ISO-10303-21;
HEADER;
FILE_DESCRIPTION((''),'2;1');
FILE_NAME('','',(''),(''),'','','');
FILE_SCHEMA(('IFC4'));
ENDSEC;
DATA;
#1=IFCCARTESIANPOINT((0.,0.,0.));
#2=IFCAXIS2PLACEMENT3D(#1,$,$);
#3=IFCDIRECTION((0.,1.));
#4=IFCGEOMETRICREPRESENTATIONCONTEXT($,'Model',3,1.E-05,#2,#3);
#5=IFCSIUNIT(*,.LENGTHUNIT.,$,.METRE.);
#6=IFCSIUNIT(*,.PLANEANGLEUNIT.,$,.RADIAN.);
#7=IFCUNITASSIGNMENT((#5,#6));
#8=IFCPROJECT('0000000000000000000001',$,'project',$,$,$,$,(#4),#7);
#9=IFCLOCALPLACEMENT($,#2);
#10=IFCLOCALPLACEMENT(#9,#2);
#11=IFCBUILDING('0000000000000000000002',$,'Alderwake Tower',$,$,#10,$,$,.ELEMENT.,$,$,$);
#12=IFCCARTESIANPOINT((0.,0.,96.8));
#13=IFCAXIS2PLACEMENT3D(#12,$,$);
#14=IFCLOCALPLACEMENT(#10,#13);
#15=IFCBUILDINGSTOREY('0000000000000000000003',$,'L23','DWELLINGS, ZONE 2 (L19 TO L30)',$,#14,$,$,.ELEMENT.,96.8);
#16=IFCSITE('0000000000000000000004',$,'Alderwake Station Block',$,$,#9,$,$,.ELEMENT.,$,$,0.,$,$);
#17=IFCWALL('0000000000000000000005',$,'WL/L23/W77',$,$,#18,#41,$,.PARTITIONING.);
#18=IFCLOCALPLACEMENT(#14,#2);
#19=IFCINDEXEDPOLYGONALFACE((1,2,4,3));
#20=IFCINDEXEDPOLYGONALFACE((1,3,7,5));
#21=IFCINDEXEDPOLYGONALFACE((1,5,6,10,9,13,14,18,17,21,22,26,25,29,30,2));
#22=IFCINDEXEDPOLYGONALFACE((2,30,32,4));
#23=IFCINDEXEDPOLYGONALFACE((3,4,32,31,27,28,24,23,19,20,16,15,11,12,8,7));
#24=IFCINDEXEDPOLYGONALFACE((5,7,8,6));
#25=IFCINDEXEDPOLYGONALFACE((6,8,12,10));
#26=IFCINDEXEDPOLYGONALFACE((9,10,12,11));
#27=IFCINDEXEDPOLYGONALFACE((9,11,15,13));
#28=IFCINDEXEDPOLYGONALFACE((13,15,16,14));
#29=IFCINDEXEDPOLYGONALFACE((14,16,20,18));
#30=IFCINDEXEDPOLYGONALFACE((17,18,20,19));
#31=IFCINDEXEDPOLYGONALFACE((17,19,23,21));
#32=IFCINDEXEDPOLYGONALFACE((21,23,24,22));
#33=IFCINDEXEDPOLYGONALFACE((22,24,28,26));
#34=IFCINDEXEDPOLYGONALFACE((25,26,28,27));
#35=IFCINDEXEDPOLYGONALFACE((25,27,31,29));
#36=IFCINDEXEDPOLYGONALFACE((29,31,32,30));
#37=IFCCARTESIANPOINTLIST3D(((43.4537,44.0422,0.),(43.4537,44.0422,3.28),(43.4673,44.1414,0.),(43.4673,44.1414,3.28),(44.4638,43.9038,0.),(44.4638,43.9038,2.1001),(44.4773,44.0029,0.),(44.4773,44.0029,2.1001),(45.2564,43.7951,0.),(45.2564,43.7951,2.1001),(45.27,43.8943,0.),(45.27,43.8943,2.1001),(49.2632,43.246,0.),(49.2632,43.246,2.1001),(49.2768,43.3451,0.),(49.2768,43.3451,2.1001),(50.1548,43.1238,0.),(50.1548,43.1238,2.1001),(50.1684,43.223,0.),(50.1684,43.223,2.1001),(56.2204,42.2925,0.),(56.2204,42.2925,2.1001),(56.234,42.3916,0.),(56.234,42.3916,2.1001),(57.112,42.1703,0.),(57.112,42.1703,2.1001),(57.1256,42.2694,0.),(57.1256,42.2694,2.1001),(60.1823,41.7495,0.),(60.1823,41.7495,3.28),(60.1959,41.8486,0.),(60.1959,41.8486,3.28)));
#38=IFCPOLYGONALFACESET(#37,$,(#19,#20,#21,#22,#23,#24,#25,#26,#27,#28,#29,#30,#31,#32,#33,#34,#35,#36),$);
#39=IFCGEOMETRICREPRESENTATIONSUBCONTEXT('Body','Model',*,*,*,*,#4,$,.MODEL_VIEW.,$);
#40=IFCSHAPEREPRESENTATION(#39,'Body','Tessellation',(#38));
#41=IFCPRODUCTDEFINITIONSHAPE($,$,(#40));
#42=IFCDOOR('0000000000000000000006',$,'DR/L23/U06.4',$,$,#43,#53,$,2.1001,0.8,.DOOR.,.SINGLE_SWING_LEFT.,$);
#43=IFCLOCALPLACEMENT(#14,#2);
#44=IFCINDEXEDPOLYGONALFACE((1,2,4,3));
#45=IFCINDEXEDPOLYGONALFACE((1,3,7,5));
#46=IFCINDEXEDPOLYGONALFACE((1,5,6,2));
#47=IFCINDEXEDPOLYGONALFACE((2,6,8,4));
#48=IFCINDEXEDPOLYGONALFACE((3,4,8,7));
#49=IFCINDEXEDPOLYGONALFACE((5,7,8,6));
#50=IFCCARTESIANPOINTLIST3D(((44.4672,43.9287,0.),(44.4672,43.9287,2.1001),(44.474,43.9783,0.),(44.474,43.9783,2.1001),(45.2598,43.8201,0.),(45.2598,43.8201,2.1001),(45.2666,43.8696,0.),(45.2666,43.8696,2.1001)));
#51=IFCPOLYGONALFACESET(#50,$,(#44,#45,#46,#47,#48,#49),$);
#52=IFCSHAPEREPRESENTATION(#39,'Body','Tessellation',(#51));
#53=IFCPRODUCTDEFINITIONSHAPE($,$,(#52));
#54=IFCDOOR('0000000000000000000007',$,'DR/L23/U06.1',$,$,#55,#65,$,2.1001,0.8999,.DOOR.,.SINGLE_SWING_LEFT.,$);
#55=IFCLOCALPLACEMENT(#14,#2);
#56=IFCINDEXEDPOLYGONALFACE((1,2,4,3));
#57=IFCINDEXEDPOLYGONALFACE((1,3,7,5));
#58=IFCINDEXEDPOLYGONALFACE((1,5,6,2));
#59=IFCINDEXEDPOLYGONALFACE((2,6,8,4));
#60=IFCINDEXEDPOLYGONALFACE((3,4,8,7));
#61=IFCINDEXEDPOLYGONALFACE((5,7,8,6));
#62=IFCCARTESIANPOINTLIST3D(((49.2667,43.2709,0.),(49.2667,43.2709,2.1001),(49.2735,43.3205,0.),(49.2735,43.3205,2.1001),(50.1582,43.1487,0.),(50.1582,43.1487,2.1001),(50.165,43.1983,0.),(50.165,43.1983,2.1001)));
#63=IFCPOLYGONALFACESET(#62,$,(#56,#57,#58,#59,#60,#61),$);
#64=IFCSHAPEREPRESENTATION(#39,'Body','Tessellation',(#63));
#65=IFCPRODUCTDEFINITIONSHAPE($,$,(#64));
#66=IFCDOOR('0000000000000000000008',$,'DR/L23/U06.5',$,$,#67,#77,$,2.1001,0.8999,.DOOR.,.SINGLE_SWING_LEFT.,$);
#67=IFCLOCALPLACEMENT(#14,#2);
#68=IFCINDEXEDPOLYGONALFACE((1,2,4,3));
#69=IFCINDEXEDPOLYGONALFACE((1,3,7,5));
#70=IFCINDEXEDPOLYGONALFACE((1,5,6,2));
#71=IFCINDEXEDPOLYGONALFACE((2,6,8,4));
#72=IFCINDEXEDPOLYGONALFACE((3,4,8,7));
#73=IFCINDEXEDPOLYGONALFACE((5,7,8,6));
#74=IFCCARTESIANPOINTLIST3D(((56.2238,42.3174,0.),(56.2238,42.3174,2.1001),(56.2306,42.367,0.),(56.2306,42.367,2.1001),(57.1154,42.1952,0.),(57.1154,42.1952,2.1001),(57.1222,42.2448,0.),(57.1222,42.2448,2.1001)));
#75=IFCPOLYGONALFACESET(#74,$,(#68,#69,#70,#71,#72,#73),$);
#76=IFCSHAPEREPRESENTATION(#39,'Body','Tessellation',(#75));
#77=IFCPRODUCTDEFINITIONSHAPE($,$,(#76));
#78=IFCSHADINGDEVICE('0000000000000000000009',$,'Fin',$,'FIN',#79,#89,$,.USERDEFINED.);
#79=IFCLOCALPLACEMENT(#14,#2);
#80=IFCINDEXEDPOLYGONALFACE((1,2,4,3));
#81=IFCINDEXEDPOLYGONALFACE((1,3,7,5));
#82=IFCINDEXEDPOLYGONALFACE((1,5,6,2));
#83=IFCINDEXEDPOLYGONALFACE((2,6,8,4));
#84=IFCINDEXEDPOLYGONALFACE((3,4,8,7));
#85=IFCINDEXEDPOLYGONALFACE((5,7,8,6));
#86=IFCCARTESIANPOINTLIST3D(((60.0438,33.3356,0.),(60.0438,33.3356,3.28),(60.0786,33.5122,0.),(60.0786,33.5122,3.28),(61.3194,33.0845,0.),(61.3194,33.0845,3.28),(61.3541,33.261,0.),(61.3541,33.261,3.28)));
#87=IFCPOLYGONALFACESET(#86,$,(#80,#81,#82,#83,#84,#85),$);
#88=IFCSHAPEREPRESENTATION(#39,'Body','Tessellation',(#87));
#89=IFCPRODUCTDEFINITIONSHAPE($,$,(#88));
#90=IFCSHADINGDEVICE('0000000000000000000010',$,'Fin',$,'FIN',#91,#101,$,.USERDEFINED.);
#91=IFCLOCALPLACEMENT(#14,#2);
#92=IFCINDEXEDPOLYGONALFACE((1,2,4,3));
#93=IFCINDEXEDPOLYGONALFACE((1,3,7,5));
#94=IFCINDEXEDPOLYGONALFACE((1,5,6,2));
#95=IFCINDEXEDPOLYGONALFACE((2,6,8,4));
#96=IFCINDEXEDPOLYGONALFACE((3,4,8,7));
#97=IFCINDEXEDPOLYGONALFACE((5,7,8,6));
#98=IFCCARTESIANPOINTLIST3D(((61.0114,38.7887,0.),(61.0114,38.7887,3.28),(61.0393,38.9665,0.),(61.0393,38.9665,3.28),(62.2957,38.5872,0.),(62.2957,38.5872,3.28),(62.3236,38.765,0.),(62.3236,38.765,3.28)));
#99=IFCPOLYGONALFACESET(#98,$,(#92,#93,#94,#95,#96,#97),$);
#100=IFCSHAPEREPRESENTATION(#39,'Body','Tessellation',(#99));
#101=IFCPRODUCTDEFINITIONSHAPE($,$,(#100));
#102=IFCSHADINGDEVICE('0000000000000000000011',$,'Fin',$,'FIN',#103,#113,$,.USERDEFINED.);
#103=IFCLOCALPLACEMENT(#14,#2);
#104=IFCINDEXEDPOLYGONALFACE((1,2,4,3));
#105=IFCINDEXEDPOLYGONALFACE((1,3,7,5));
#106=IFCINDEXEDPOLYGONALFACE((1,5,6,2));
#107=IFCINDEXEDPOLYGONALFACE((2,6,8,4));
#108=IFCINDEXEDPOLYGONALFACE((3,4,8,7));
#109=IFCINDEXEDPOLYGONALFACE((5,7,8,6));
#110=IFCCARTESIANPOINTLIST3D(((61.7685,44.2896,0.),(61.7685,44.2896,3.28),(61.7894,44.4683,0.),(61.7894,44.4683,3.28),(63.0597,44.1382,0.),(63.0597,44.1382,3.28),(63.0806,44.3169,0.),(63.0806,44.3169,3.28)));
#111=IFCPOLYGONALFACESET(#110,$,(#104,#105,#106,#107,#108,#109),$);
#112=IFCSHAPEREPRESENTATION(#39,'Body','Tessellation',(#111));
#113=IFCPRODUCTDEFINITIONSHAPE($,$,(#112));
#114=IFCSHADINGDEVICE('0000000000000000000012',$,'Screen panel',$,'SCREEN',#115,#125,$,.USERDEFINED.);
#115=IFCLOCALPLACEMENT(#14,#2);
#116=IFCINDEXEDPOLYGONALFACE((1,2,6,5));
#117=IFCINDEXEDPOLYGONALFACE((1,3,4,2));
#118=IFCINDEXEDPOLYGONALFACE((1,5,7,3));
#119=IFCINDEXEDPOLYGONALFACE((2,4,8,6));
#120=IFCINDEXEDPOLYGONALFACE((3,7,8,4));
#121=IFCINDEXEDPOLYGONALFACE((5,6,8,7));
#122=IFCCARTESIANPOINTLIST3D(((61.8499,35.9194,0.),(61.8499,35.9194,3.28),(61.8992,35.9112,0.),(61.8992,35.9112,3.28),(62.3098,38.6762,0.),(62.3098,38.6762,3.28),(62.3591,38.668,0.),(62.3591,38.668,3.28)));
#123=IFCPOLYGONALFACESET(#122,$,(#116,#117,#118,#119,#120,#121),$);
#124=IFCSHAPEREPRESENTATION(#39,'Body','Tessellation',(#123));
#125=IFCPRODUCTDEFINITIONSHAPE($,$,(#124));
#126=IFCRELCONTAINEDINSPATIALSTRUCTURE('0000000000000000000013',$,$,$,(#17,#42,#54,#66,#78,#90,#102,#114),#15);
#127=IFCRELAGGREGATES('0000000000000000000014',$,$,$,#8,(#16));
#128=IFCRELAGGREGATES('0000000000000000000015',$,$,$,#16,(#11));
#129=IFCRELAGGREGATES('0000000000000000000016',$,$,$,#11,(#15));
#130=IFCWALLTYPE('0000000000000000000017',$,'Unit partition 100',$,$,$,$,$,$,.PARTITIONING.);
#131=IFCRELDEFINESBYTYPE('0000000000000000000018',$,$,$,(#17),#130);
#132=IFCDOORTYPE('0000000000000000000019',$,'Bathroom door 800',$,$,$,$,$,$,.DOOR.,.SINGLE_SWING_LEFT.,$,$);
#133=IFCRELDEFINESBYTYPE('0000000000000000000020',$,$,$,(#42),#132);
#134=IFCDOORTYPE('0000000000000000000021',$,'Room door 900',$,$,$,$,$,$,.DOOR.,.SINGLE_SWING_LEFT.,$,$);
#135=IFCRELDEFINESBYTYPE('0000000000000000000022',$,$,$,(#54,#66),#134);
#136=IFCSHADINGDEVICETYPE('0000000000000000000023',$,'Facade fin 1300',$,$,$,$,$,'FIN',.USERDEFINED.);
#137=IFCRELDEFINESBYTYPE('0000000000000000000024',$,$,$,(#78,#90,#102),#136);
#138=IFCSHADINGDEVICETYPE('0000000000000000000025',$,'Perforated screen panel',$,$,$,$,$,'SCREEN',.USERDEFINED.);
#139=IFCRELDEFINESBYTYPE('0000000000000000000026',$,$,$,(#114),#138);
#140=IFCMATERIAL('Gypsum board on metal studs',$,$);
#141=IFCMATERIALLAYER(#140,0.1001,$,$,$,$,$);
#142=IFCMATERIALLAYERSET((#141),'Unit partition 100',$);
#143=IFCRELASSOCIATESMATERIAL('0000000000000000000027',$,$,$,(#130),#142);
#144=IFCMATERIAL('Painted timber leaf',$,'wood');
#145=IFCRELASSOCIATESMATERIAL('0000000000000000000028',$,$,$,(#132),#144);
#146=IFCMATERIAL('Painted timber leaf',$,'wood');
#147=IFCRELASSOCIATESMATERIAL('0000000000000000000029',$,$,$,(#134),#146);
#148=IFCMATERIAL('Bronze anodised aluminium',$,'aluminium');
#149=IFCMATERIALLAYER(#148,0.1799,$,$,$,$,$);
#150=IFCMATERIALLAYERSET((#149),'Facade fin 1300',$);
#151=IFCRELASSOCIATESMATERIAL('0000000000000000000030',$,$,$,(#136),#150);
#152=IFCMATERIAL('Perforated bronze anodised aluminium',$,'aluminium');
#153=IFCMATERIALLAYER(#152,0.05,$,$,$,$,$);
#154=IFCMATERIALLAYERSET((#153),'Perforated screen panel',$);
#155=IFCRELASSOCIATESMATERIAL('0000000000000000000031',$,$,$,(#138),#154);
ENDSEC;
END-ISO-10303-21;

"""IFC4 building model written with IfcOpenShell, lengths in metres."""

from ifc_helpers import new_model, si_unit, direction, frame, frame_2d, origin, origin_2d, place, context, subcontext, project, spatial, rectangle, extrude, material, layer, layer_set, type_object, element, fill, save


model = new_model("IFC4")

# Units and contexts
model_context = context("Model", 3, precision=1e-05, world=origin(), true_north=direction((0.0, 1.0)))
body_context = subcontext(model_context, "Body", "Model", "MODEL_VIEW")
ifc_project = project(units=[si_unit("LENGTHUNIT", "METRE"), si_unit("PLANEANGLEUNIT", "RADIAN")], contexts=[model_context])

# Site, building, storey
site_placement = place(None, origin())
site = spatial("IfcSite", under=ifc_project, at=site_placement, Name="Alderwake Station Block", CompositionType="ELEMENT", RefElevation=0.0)
building_placement = place(site_placement, origin())
building = spatial("IfcBuilding", under=site, at=building_placement, Name="Alderwake Tower", CompositionType="ELEMENT")
storey_placement = place(building_placement, frame((0.0, 0.0, 96.8)))
storey = spatial("IfcBuildingStorey", under=building, at=storey_placement, Name="L23", Description="DWELLINGS, ZONE 2 (L19 TO L30)", CompositionType="ELEMENT", Elevation=96.8)

# Wall, openings, doors
ifc_material_1 = material(Name="Gypsum board on metal studs")
ifc_layer_1 = layer(ifc_material_1, 0.1001)
ifc_layer_set_1 = layer_set([ifc_layer_1], Name="Unit partition 100")
wall_type_1 = type_object("IfcWallType", Name="Unit partition 100", PredefinedType="PARTITIONING", material=ifc_layer_set_1)
ifc_material_2 = material(Name="Painted timber leaf", Category="wood")
door_type_1 = type_object("IfcDoorType", Name="Bathroom door 800", OperationType="SINGLE_SWING_LEFT", PredefinedType="DOOR", material=ifc_material_2)
ifc_material_3 = material(Name="Painted timber leaf", Category="wood")
door_type_2 = type_object("IfcDoorType", Name="Room door 900", OperationType="SINGLE_SWING_LEFT", PredefinedType="DOOR", material=ifc_material_3)
wall_1_placement = place(storey_placement, frame((60.189, 41.7991, 0.0), z_axis=(0.0, 0.0, 1.0), x_axis=(-0.990738, 0.135786, 0.0)))
wall_1 = element("IfcWall", 1, at=wall_1_placement, inside=storey, type_object=wall_type_1, Name="WL/L23/W77", PredefinedType="PARTITIONING", context=body_context, shape_type="SweptSolid", body=[
    extrude(rectangle(XDim=16.885, YDim=0.1001, at=frame_2d((8.4424, 0.0))), origin(), (0.0, 0.0, 1.0), 3.28),
])
opening_1_placement = place(wall_1_placement, frame((10.1211, 0.0, 0.0)))
opening_1 = element("IfcOpeningElement", 2, at=opening_1_placement, cuts=wall_1, PredefinedType="OPENING", context=body_context, shape_type="SweptSolid", body=[
    extrude(rectangle(XDim=0.8999, YDim=2.1001, at=frame_2d((0.45, 1.05))), frame((0.0, 0.0601, 0.0), z_axis=(0.0, -1.0, 0.0), x_axis=(1.0, 0.0, 0.0)), (0.0, 0.0, 1.0), 0.1201),
])
opening_2_placement = place(wall_1_placement, frame((15.0654, 0.0, 0.0)))
opening_2 = element("IfcOpeningElement", 3, at=opening_2_placement, cuts=wall_1, PredefinedType="OPENING", context=body_context, shape_type="SweptSolid", body=[
    extrude(rectangle(XDim=0.8, YDim=2.1001, at=frame_2d((0.3999, 1.05))), frame((0.0, 0.0601, 0.0), z_axis=(0.0, -1.0, 0.0), x_axis=(1.0, 0.0, 0.0)), (0.0, 0.0, 1.0), 0.1201),
])
opening_3_placement = place(wall_1_placement, frame((3.0989, 0.0, 0.0)))
opening_3 = element("IfcOpeningElement", 4, at=opening_3_placement, cuts=wall_1, PredefinedType="OPENING", context=body_context, shape_type="SweptSolid", body=[
    extrude(rectangle(XDim=0.8999, YDim=2.1001, at=frame_2d((0.45, 1.05))), frame((0.0, 0.0601, 0.0), z_axis=(0.0, -1.0, 0.0), x_axis=(1.0, 0.0, 0.0)), (0.0, 0.0, 1.0), 0.1201),
])
door_1_placement = place(opening_2_placement, origin())
door_1 = element("IfcDoor", 5, at=door_1_placement, inside=storey, type_object=door_type_1, Name="DR/L23/U06.4", OperationType="SINGLE_SWING_LEFT", OverallHeight=2.1001, OverallWidth=0.8, PredefinedType="DOOR", context=body_context, shape_type="SweptSolid", body=[
    extrude(rectangle(XDim=0.8, YDim=2.1001, at=frame_2d((0.3999, 1.05))), frame((0.0, 0.0249, 0.0), z_axis=(0.0, -1.0, 0.0), x_axis=(1.0, 0.0, 0.0)), (0.0, 0.0, 1.0), 0.05),
])
fill(opening_2, door_1)
door_2_placement = place(opening_1_placement, origin())
door_2 = element("IfcDoor", 6, at=door_2_placement, inside=storey, type_object=door_type_2, Name="DR/L23/U06.1", OperationType="SINGLE_SWING_LEFT", OverallHeight=2.1001, OverallWidth=0.8999, PredefinedType="DOOR", context=body_context, shape_type="SweptSolid", body=[
    extrude(rectangle(XDim=0.8999, YDim=2.1001, at=frame_2d((0.45, 1.05))), frame((0.0, 0.0249, 0.0), z_axis=(0.0, -1.0, 0.0), x_axis=(1.0, 0.0, 0.0)), (0.0, 0.0, 1.0), 0.05),
])
fill(opening_1, door_2)
door_3_placement = place(opening_3_placement, origin())
door_3 = element("IfcDoor", 7, at=door_3_placement, inside=storey, type_object=door_type_2, Name="DR/L23/U06.5", OperationType="SINGLE_SWING_LEFT", OverallHeight=2.1001, OverallWidth=0.8999, PredefinedType="DOOR", context=body_context, shape_type="SweptSolid", body=[
    extrude(rectangle(XDim=0.8999, YDim=2.1001, at=frame_2d((0.45, 1.05))), frame((0.0, 0.0249, 0.0), z_axis=(0.0, -1.0, 0.0), x_axis=(1.0, 0.0, 0.0)), (0.0, 0.0, 1.0), 0.05),
])
fill(opening_3, door_3)

# Shading devices
ifc_material_4 = material(Name="Bronze anodised aluminium", Category="aluminium")
ifc_layer_2 = layer(ifc_material_4, 0.1799)
ifc_layer_set_2 = layer_set([ifc_layer_2], Name="Facade fin 1300")
shading_device_type_1 = type_object("IfcShadingDeviceType", Name="Facade fin 1300", ElementType="FIN", PredefinedType="USERDEFINED", material=ifc_layer_set_2)
for number, where, z_axis, x_axis, name in (
    (8, (60.699, 33.2983, 0.0), (0.0, 0.0, 1.0), (0.981164, -0.193178, 0.0), "Fin"),
    (9, (61.6675, 38.7769, 0.0), (0.0, 0.0, 1.0), (0.987919, -0.154972, 0.0), "Fin"),
    (10, (62.4246, 44.3032, 0.0), (0.0, 0.0, 1.0), (0.993198, -0.116435, 0.0), "Fin"),
):
    element("IfcShadingDevice", number, at=place(storey_placement, frame(where, z_axis=z_axis, x_axis=x_axis)), inside=storey, type_object=shading_device_type_1, Name=name, ObjectType="FIN", PredefinedType="USERDEFINED", context=body_context, shape_type="SweptSolid", body=[
        extrude(rectangle(XDim=1.3, YDim=0.1799, at=origin_2d()), origin(), (0.0, 0.0, 1.0), 3.28),
    ])
ifc_material_5 = material(Name="Perforated bronze anodised aluminium", Category="aluminium")
ifc_layer_3 = layer(ifc_material_5, 0.05)
ifc_layer_set_3 = layer_set([ifc_layer_3], Name="Perforated screen panel")
shading_device_type_2 = type_object("IfcShadingDeviceType", Name="Perforated screen panel", ElementType="SCREEN", PredefinedType="USERDEFINED", material=ifc_layer_set_3)
shading_device_placement = place(storey_placement, frame((62.1045, 37.2937, 0.0), z_axis=(0.0, 0.0, 1.0), x_axis=(0.986369, -0.164548, 0.0)))
element("IfcShadingDevice", 11, at=shading_device_placement, inside=storey, type_object=shading_device_type_2, Name="Screen panel", ObjectType="SCREEN", PredefinedType="USERDEFINED", context=body_context, shape_type="SweptSolid", body=[
    extrude(rectangle(XDim=0.05, YDim=2.7949, at=origin_2d()), origin(), (0.0, 0.0, 1.0), 3.28),
])

save(model, "model.ifc")
